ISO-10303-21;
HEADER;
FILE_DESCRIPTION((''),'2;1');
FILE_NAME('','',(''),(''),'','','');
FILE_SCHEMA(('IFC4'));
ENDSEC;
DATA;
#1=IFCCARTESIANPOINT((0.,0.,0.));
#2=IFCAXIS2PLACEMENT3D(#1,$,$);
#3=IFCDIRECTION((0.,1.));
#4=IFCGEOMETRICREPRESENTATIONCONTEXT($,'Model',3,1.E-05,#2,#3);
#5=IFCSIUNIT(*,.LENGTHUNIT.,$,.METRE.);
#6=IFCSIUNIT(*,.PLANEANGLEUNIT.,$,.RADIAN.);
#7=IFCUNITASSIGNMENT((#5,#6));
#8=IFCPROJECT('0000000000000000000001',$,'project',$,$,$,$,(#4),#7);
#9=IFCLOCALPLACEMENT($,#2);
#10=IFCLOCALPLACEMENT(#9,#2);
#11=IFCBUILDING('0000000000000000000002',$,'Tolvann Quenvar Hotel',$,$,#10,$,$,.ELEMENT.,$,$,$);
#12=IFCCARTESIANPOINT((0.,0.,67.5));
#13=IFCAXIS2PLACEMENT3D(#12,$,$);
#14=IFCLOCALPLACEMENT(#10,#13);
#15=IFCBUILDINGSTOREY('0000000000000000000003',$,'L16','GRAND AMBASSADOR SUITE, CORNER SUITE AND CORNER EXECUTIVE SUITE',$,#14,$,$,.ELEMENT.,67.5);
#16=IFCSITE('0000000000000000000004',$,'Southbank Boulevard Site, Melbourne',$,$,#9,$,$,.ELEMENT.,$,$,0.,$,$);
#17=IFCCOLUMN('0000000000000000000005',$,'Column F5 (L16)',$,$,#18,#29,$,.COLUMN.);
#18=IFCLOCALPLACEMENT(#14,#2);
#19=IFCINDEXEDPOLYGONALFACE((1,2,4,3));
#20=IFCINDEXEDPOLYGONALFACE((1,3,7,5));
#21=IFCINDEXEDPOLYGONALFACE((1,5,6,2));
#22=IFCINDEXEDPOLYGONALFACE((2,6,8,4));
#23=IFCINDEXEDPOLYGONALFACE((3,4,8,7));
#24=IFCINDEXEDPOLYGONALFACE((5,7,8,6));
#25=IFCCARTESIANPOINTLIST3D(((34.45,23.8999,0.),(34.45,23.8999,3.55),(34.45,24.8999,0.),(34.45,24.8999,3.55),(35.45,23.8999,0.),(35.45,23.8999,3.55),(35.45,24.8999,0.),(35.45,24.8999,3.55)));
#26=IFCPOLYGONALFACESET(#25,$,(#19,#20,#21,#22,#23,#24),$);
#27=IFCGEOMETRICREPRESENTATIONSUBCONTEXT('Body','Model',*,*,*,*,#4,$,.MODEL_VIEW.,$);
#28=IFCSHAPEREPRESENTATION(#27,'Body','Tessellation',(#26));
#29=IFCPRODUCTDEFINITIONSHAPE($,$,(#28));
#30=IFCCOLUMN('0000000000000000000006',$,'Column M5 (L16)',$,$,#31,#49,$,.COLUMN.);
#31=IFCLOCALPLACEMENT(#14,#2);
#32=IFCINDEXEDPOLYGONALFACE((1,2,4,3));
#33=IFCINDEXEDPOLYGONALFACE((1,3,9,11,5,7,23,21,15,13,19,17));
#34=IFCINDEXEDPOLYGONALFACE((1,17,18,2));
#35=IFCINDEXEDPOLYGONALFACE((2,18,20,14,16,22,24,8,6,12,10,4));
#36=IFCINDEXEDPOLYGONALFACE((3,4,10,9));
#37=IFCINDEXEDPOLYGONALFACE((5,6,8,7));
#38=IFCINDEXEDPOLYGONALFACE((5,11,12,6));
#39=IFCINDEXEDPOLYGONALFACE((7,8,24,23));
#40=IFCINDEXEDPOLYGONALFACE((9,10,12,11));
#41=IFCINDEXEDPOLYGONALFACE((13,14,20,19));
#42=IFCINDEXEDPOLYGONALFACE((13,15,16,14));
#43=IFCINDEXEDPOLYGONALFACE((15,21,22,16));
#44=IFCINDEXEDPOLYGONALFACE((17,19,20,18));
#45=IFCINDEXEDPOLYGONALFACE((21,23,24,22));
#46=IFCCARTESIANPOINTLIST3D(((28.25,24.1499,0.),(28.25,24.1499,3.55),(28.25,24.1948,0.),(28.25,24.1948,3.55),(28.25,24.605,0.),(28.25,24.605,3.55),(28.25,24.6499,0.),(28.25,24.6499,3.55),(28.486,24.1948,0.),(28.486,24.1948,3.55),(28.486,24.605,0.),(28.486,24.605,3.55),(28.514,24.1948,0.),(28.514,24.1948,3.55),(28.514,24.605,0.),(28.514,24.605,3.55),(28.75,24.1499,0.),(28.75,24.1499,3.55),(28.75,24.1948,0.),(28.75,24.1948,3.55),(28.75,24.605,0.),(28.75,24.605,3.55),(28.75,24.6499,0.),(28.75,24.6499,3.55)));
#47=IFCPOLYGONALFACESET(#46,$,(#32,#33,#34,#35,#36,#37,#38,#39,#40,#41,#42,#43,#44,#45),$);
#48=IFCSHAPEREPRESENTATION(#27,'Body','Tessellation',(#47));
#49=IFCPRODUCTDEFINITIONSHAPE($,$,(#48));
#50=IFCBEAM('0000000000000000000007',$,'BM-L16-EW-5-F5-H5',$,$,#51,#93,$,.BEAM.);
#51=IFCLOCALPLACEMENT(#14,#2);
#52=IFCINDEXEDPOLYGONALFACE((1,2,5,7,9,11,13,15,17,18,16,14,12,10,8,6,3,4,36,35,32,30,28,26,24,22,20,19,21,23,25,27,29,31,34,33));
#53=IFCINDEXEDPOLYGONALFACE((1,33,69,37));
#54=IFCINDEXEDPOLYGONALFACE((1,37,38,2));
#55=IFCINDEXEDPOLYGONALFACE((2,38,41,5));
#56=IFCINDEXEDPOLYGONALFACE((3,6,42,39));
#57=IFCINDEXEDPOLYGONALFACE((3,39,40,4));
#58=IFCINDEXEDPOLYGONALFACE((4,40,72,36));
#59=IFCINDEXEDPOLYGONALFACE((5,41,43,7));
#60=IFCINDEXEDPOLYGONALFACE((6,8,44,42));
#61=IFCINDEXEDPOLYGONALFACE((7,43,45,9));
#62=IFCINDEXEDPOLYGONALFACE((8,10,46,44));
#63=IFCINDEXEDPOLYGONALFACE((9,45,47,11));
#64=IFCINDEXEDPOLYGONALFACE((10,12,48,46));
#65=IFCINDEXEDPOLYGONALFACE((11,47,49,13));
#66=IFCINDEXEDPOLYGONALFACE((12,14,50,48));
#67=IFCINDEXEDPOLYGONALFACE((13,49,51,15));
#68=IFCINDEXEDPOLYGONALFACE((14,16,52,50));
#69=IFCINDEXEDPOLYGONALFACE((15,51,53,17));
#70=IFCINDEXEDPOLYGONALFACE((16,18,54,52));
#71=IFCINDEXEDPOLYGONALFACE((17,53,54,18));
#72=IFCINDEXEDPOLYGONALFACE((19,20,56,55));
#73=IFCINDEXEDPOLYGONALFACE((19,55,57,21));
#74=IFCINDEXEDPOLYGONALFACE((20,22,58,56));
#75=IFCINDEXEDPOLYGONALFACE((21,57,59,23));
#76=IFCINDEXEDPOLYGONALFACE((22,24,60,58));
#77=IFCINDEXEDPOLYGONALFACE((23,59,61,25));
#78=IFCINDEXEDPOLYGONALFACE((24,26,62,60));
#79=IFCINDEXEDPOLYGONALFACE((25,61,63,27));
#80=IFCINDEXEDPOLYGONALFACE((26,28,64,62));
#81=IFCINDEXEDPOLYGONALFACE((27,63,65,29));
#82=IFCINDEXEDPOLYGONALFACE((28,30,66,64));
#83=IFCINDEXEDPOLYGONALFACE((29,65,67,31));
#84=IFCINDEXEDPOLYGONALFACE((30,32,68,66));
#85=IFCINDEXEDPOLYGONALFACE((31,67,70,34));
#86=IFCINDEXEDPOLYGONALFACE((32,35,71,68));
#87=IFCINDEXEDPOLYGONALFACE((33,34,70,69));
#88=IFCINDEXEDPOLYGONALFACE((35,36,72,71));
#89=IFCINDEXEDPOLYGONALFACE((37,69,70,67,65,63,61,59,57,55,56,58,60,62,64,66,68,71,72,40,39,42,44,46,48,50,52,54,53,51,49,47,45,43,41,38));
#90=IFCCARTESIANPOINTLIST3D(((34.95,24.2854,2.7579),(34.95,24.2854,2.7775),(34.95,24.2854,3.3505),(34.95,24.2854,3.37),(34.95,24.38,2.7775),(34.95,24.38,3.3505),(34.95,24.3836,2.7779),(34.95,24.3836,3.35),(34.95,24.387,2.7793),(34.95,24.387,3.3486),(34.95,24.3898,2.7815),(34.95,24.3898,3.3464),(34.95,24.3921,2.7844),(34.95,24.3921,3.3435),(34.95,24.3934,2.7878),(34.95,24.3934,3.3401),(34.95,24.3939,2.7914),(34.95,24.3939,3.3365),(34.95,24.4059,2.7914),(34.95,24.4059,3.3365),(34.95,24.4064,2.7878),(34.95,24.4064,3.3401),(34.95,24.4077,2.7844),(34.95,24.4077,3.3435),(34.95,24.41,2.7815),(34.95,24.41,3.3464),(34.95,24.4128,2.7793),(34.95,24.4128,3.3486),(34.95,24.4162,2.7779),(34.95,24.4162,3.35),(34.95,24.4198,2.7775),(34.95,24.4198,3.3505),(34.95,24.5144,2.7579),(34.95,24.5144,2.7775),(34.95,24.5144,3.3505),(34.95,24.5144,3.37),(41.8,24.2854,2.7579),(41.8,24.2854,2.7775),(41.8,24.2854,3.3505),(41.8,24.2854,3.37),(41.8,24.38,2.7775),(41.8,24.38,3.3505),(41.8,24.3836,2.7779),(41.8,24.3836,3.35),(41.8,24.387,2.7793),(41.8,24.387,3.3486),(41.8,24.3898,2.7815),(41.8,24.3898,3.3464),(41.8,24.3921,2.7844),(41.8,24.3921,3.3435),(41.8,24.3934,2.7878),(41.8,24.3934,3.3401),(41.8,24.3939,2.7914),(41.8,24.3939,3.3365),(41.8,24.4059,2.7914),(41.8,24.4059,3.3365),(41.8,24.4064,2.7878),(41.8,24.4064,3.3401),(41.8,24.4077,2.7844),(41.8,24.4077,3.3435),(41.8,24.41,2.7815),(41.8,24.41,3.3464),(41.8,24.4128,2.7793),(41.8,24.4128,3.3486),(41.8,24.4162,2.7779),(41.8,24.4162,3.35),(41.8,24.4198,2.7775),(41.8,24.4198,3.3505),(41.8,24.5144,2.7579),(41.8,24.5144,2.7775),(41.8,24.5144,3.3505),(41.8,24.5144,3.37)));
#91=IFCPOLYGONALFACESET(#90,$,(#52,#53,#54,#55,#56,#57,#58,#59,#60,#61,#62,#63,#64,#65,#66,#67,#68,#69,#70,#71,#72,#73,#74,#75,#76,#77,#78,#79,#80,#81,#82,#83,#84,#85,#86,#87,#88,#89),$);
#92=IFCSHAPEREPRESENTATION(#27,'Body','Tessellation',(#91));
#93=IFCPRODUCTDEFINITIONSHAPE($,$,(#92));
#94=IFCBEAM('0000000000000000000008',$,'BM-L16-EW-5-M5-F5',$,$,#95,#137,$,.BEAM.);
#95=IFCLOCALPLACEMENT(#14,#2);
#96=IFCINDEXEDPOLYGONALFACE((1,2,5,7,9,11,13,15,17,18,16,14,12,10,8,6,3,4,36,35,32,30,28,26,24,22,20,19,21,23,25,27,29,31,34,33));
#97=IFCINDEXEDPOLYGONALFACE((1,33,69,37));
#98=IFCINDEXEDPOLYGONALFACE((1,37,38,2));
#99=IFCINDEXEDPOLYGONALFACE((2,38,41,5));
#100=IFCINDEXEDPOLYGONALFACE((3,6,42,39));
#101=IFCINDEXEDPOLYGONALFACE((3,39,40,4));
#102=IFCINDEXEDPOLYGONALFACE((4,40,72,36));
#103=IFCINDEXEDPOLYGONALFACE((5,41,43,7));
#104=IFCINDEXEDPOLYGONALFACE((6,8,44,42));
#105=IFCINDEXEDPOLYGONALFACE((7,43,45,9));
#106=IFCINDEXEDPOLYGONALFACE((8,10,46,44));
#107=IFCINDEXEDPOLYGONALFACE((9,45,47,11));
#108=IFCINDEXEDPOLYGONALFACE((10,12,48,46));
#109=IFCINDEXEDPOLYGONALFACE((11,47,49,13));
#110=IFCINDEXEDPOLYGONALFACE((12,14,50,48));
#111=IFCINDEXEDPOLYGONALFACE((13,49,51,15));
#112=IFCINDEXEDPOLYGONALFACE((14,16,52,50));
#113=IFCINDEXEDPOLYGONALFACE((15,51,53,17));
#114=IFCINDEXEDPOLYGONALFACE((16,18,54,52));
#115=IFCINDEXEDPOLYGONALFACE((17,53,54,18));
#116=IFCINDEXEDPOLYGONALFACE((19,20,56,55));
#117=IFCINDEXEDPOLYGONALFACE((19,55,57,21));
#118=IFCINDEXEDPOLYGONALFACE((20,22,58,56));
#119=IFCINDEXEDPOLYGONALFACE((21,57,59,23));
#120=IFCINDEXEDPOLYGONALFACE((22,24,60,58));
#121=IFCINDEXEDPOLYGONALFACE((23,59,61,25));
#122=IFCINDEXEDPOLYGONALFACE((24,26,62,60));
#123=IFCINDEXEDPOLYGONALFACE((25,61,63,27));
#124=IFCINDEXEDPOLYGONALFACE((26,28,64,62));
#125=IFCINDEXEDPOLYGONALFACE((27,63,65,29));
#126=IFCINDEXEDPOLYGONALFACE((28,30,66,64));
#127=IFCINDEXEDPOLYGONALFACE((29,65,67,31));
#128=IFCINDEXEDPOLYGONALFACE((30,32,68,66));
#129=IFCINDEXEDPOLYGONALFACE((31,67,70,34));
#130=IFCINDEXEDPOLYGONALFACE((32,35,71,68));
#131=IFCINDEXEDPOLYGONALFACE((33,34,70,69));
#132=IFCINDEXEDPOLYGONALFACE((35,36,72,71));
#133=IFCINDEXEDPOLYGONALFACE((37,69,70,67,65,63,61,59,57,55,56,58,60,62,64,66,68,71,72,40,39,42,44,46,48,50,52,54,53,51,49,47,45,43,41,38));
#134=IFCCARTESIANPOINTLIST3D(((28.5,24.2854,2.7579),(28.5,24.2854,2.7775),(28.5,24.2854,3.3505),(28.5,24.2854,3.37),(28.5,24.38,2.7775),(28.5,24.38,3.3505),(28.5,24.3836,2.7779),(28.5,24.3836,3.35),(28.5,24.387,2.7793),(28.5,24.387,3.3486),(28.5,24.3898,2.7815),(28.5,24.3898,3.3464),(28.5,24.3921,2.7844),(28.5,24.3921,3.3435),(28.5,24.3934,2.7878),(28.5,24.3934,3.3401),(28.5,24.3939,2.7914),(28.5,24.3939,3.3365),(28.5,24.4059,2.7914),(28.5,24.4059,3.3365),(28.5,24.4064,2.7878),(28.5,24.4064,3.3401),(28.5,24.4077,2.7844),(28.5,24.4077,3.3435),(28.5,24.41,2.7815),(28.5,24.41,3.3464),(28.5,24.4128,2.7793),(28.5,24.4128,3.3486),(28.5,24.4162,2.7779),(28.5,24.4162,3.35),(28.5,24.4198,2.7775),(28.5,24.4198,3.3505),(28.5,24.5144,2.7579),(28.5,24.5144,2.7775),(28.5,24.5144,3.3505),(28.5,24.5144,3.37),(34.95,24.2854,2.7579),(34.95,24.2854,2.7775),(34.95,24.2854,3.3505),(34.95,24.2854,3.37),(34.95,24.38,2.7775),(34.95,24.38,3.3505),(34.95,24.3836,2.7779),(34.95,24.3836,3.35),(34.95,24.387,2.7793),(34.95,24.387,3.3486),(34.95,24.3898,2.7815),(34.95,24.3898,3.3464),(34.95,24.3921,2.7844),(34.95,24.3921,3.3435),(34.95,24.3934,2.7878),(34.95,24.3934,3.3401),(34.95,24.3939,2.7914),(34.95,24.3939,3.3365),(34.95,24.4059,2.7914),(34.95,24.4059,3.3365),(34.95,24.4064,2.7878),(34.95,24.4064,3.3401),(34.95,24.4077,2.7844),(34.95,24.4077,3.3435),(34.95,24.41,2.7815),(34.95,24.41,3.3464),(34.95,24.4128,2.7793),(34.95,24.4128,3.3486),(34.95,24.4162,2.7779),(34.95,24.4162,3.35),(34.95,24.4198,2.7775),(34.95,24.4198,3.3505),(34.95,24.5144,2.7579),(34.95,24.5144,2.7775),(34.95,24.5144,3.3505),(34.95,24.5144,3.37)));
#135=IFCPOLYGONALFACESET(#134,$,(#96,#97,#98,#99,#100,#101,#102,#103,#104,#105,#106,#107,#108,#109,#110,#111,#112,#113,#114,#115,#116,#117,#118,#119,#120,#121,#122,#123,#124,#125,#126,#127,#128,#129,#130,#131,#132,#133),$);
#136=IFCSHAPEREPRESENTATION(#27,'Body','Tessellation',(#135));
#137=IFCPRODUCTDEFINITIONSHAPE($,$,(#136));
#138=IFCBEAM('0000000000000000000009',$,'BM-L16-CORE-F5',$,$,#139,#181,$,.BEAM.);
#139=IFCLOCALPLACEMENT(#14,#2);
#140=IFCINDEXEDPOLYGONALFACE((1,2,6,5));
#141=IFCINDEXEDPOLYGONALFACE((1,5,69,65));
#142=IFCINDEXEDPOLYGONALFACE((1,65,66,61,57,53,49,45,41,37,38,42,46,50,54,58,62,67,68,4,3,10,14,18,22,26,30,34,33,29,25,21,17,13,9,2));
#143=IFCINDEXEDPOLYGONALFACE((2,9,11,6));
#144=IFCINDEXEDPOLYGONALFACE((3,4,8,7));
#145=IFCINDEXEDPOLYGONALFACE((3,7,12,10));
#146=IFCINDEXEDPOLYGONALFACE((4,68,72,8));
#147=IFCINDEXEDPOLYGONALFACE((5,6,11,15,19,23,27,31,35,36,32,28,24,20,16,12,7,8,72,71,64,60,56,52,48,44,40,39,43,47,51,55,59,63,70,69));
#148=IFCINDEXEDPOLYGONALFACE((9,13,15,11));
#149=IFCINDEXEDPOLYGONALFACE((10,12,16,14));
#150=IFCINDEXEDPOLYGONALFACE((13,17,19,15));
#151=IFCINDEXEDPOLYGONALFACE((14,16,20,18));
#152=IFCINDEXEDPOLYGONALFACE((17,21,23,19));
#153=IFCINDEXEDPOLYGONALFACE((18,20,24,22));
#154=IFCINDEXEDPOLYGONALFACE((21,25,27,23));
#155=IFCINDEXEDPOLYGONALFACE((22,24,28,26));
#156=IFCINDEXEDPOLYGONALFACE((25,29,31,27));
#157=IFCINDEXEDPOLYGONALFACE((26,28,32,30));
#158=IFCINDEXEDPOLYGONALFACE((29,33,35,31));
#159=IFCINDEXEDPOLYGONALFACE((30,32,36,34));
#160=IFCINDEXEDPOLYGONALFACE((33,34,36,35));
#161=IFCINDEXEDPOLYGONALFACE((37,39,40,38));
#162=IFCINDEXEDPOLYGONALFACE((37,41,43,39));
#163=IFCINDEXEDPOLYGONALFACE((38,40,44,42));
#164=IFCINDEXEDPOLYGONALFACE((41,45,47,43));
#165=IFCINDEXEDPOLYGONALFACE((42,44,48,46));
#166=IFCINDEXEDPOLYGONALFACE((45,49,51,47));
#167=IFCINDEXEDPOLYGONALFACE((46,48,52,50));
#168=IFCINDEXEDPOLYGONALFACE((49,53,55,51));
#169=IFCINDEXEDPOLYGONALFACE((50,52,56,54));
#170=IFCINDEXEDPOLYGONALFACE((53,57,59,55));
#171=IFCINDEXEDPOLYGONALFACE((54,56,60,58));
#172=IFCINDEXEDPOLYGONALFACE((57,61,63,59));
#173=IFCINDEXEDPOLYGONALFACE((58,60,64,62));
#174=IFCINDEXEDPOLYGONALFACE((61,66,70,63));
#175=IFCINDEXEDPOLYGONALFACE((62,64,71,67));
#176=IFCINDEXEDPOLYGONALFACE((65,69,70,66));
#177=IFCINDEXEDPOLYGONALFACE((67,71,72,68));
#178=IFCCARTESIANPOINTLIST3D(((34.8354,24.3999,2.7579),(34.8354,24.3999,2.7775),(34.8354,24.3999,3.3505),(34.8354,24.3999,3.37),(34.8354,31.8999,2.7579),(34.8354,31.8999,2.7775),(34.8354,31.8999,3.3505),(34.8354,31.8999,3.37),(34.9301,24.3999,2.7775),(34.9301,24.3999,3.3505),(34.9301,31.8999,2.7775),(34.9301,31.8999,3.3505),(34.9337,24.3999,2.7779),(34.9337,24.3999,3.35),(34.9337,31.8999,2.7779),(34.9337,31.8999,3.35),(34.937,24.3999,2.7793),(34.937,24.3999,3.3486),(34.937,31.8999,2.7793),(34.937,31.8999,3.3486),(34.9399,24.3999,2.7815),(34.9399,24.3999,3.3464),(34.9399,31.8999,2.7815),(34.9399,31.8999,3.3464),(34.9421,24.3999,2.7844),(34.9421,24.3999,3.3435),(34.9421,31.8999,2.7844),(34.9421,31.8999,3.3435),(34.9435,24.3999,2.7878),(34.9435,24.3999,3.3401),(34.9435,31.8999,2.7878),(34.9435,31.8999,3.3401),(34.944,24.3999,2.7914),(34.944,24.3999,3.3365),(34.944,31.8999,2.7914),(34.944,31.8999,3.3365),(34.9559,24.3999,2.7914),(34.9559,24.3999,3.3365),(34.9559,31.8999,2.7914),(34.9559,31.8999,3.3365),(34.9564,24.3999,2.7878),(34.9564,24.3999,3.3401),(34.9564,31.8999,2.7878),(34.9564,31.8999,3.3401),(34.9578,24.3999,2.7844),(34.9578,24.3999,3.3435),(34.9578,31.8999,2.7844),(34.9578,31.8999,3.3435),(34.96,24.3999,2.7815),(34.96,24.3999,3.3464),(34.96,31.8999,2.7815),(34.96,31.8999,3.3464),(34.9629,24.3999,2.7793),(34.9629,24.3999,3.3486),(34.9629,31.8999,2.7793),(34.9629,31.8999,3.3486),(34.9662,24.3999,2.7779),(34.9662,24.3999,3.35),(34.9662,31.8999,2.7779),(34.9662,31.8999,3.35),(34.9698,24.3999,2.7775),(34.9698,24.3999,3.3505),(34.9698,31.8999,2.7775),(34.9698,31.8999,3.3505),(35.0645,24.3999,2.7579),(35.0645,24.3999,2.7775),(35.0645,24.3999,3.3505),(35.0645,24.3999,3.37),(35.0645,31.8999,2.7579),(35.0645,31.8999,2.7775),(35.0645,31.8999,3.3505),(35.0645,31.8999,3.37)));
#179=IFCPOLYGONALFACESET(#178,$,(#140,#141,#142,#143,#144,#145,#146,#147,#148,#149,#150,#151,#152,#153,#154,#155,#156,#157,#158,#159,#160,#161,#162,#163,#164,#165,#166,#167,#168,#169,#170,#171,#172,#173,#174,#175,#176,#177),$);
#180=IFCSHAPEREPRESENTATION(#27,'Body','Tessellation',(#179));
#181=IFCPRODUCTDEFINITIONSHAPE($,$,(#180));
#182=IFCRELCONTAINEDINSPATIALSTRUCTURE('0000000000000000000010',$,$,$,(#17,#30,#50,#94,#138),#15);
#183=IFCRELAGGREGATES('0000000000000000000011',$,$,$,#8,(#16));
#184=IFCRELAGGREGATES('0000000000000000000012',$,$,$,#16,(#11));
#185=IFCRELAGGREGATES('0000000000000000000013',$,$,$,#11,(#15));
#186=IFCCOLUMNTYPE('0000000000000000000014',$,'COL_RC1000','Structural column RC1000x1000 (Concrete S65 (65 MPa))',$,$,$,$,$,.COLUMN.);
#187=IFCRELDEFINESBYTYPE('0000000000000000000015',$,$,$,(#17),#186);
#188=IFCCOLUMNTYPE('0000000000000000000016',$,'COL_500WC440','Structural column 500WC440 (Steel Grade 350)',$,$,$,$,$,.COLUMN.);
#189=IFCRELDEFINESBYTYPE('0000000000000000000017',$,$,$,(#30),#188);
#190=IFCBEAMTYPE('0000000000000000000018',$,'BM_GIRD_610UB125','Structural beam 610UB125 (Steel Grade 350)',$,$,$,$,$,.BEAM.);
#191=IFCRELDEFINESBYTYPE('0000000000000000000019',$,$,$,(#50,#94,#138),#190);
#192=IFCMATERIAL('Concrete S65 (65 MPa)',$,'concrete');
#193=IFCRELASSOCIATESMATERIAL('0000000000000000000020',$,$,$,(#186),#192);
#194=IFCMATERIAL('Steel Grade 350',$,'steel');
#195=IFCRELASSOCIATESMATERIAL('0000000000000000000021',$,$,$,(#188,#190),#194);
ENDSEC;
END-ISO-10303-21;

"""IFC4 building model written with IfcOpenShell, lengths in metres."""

from ifc_helpers import new_model, si_unit, direction, frame, origin, origin_2d, place, context, subcontext, project, spatial, rectangle, i_section, extrude, source, transform, mapped, material, material_profile, profile_set, type_object, type_shapes, element, save


model = new_model("IFC4")

# Units and contexts
model_context = context("Model", 3, precision=1e-05, world=origin(), true_north=direction((0.0, 1.0)))
body_context = subcontext(model_context, "Body", "Model", "MODEL_VIEW")
ifc_project = project(units=[si_unit("LENGTHUNIT", "METRE"), si_unit("PLANEANGLEUNIT", "RADIAN")], contexts=[model_context])

# Site, building, storey
site_placement = place(None, origin())
site = spatial("IfcSite", under=ifc_project, at=site_placement, Name="Southbank Boulevard Site, Melbourne", CompositionType="ELEMENT", RefElevation=0.0)
building_placement = place(site_placement, origin())
building = spatial("IfcBuilding", under=site, at=building_placement, Name="Tolvann Quenvar Hotel", CompositionType="ELEMENT")
storey_placement = place(building_placement, frame((0.0, 0.0, 67.5)))
storey = spatial("IfcBuildingStorey", under=building, at=storey_placement, Name="L16", Description="GRAND AMBASSADOR SUITE, CORNER SUITE AND CORNER EXECUTIVE SUITE", CompositionType="ELEMENT", Elevation=67.5)

# Columns
ifc_material_1 = material(Name="Concrete S65 (65 MPa)", Category="concrete")
ifc_material_profile_1 = material_profile(ifc_material_1, rectangle(XDim=1.0, YDim=1.0, at=origin_2d()), Name="RC1000x1000")
ifc_profile_set_1 = profile_set([ifc_material_profile_1], Name="Concrete S65 (65 MPa)")
column_type_1 = type_object("IfcColumnType", Name="COL_RC1000", Description="Structural column RC1000x1000 (Concrete S65 (65 MPa))", PredefinedType="COLUMN", material=ifc_profile_set_1)
shared_shape_1 = source(origin(), body_context, "Body", "SweptSolid", [
    extrude(rectangle(XDim=1.0, YDim=1.0, at=origin_2d()), origin(), (0.0, 0.0, 1.0), 3.55),
])
type_shapes(column_type_1, [shared_shape_1])
column_1_placement = place(storey_placement, frame((34.95, 24.3999, 0.0), z_axis=(0.0, 0.0, 1.0), x_axis=(1.0, 0.0, 0.0)))
element("IfcColumn", 1, at=column_1_placement, inside=storey, type_object=column_type_1, Name="Column F5 (L16)", PredefinedType="COLUMN", context=body_context, shape_type="MappedRepresentation", body=[
    mapped(shared_shape_1, transform((0.0, 0.0, 0.0), x_axis=(1.0, 0.0, 0.0), y_axis=(0.0, 1.0, 0.0), z_axis=(0.0, 0.0, 1.0), scale=1.0)),
])
ifc_material_2 = material(Name="Steel Grade 350", Category="steel")
ifc_material_profile_2 = material_profile(ifc_material_2, i_section(OverallWidth=0.5, OverallDepth=0.5, WebThickness=0.0281, FlangeThickness=0.0449, at=origin_2d()), Name="500WC440")
ifc_profile_set_2 = profile_set([ifc_material_profile_2], Name="Steel Grade 350")
column_type_2 = type_object("IfcColumnType", Name="COL_500WC440", Description="Structural column 500WC440 (Steel Grade 350)", PredefinedType="COLUMN", material=ifc_profile_set_2)
shared_shape_2 = source(origin(), body_context, "Body", "SweptSolid", [
    extrude(i_section(OverallWidth=0.5, OverallDepth=0.5, WebThickness=0.0281, FlangeThickness=0.0449, at=origin_2d()), origin(), (0.0, 0.0, 1.0), 3.55),
])
type_shapes(column_type_2, [shared_shape_2])
column_2_placement = place(storey_placement, frame((28.5, 24.3999, 0.0), z_axis=(0.0, 0.0, 1.0), x_axis=(1.0, 0.0, 0.0)))
element("IfcColumn", 2, at=column_2_placement, inside=storey, type_object=column_type_2, Name="Column M5 (L16)", PredefinedType="COLUMN", context=body_context, shape_type="MappedRepresentation", body=[
    mapped(shared_shape_2, transform((0.0, 0.0, 0.0), x_axis=(1.0, 0.0, 0.0), y_axis=(0.0, 1.0, 0.0), z_axis=(0.0, 0.0, 1.0), scale=1.0)),
])

# Beams
ifc_material_profile_3 = material_profile(ifc_material_2, i_section(OverallWidth=0.229, OverallDepth=0.6121, WebThickness=0.012, FlangeThickness=0.0195, FilletRadius=0.0139, at=origin_2d()), Name="610UB125")
ifc_profile_set_3 = profile_set([ifc_material_profile_3], Name="Steel Grade 350")
beam_type = type_object("IfcBeamType", Name="BM_GIRD_610UB125", Description="Structural beam 610UB125 (Steel Grade 350)", PredefinedType="BEAM", material=ifc_profile_set_3)
shared_shape_3 = source(origin(), body_context, "Body", "SweptSolid", [
    extrude(i_section(OverallWidth=0.229, OverallDepth=0.6121, WebThickness=0.012, FlangeThickness=0.0195, FilletRadius=0.0139, at=origin_2d()), origin(), (0.0, 0.0, 1.0), 6.8501),
])
beam_1_placement = place(storey_placement, frame((34.95, 24.3999, 3.064), z_axis=(1.0, 0.0, 0.0), x_axis=(0.0, 1.0, 0.0)))
element("IfcBeam", 3, at=beam_1_placement, inside=storey, type_object=beam_type, Name="BM-L16-EW-5-F5-H5", PredefinedType="BEAM", context=body_context, shape_type="MappedRepresentation", body=[
    mapped(shared_shape_3, transform((0.0, 0.0, 0.0), x_axis=(1.0, 0.0, 0.0), y_axis=(0.0, 1.0, 0.0), z_axis=(0.0, 0.0, 1.0), scale=1.0)),
])
shared_shape_4 = source(origin(), body_context, "Body", "SweptSolid", [
    extrude(i_section(OverallWidth=0.229, OverallDepth=0.6121, WebThickness=0.012, FlangeThickness=0.0195, FilletRadius=0.0139, at=origin_2d()), origin(), (0.0, 0.0, 1.0), 6.45),
])
beam_2_placement = place(storey_placement, frame((28.5, 24.3999, 3.064), z_axis=(1.0, 0.0, 0.0), x_axis=(0.0, 1.0, 0.0)))
element("IfcBeam", 4, at=beam_2_placement, inside=storey, type_object=beam_type, Name="BM-L16-EW-5-M5-F5", PredefinedType="BEAM", context=body_context, shape_type="MappedRepresentation", body=[
    mapped(shared_shape_4, transform((0.0, 0.0, 0.0), x_axis=(1.0, 0.0, 0.0), y_axis=(0.0, 1.0, 0.0), z_axis=(0.0, 0.0, 1.0), scale=1.0)),
])
shared_shape_5 = source(origin(), body_context, "Body", "SweptSolid", [
    extrude(i_section(OverallWidth=0.229, OverallDepth=0.6121, WebThickness=0.012, FlangeThickness=0.0195, FilletRadius=0.0139, at=origin_2d()), origin(), (0.0, 0.0, 1.0), 7.5),
])
type_shapes(beam_type, [shared_shape_3, shared_shape_4, shared_shape_5])
for number, where, z_axis, x_axis, name in (
    (5, (34.95, 24.3999, 3.064), (0.0, 1.0, 0.0), (-1.0, 0.0, 0.0), "BM-L16-CORE-F5"),
):
    element("IfcBeam", number, at=place(storey_placement, frame(where, z_axis=z_axis, x_axis=x_axis)), inside=storey, type_object=beam_type, Name=name, PredefinedType="BEAM", context=body_context, shape_type="MappedRepresentation", body=[
        mapped(shared_shape_5, transform((0.0, 0.0, 0.0), x_axis=(1.0, 0.0, 0.0), y_axis=(0.0, 1.0, 0.0), z_axis=(0.0, 0.0, 1.0), scale=1.0)),
    ])

save(model, "model.ifc")
